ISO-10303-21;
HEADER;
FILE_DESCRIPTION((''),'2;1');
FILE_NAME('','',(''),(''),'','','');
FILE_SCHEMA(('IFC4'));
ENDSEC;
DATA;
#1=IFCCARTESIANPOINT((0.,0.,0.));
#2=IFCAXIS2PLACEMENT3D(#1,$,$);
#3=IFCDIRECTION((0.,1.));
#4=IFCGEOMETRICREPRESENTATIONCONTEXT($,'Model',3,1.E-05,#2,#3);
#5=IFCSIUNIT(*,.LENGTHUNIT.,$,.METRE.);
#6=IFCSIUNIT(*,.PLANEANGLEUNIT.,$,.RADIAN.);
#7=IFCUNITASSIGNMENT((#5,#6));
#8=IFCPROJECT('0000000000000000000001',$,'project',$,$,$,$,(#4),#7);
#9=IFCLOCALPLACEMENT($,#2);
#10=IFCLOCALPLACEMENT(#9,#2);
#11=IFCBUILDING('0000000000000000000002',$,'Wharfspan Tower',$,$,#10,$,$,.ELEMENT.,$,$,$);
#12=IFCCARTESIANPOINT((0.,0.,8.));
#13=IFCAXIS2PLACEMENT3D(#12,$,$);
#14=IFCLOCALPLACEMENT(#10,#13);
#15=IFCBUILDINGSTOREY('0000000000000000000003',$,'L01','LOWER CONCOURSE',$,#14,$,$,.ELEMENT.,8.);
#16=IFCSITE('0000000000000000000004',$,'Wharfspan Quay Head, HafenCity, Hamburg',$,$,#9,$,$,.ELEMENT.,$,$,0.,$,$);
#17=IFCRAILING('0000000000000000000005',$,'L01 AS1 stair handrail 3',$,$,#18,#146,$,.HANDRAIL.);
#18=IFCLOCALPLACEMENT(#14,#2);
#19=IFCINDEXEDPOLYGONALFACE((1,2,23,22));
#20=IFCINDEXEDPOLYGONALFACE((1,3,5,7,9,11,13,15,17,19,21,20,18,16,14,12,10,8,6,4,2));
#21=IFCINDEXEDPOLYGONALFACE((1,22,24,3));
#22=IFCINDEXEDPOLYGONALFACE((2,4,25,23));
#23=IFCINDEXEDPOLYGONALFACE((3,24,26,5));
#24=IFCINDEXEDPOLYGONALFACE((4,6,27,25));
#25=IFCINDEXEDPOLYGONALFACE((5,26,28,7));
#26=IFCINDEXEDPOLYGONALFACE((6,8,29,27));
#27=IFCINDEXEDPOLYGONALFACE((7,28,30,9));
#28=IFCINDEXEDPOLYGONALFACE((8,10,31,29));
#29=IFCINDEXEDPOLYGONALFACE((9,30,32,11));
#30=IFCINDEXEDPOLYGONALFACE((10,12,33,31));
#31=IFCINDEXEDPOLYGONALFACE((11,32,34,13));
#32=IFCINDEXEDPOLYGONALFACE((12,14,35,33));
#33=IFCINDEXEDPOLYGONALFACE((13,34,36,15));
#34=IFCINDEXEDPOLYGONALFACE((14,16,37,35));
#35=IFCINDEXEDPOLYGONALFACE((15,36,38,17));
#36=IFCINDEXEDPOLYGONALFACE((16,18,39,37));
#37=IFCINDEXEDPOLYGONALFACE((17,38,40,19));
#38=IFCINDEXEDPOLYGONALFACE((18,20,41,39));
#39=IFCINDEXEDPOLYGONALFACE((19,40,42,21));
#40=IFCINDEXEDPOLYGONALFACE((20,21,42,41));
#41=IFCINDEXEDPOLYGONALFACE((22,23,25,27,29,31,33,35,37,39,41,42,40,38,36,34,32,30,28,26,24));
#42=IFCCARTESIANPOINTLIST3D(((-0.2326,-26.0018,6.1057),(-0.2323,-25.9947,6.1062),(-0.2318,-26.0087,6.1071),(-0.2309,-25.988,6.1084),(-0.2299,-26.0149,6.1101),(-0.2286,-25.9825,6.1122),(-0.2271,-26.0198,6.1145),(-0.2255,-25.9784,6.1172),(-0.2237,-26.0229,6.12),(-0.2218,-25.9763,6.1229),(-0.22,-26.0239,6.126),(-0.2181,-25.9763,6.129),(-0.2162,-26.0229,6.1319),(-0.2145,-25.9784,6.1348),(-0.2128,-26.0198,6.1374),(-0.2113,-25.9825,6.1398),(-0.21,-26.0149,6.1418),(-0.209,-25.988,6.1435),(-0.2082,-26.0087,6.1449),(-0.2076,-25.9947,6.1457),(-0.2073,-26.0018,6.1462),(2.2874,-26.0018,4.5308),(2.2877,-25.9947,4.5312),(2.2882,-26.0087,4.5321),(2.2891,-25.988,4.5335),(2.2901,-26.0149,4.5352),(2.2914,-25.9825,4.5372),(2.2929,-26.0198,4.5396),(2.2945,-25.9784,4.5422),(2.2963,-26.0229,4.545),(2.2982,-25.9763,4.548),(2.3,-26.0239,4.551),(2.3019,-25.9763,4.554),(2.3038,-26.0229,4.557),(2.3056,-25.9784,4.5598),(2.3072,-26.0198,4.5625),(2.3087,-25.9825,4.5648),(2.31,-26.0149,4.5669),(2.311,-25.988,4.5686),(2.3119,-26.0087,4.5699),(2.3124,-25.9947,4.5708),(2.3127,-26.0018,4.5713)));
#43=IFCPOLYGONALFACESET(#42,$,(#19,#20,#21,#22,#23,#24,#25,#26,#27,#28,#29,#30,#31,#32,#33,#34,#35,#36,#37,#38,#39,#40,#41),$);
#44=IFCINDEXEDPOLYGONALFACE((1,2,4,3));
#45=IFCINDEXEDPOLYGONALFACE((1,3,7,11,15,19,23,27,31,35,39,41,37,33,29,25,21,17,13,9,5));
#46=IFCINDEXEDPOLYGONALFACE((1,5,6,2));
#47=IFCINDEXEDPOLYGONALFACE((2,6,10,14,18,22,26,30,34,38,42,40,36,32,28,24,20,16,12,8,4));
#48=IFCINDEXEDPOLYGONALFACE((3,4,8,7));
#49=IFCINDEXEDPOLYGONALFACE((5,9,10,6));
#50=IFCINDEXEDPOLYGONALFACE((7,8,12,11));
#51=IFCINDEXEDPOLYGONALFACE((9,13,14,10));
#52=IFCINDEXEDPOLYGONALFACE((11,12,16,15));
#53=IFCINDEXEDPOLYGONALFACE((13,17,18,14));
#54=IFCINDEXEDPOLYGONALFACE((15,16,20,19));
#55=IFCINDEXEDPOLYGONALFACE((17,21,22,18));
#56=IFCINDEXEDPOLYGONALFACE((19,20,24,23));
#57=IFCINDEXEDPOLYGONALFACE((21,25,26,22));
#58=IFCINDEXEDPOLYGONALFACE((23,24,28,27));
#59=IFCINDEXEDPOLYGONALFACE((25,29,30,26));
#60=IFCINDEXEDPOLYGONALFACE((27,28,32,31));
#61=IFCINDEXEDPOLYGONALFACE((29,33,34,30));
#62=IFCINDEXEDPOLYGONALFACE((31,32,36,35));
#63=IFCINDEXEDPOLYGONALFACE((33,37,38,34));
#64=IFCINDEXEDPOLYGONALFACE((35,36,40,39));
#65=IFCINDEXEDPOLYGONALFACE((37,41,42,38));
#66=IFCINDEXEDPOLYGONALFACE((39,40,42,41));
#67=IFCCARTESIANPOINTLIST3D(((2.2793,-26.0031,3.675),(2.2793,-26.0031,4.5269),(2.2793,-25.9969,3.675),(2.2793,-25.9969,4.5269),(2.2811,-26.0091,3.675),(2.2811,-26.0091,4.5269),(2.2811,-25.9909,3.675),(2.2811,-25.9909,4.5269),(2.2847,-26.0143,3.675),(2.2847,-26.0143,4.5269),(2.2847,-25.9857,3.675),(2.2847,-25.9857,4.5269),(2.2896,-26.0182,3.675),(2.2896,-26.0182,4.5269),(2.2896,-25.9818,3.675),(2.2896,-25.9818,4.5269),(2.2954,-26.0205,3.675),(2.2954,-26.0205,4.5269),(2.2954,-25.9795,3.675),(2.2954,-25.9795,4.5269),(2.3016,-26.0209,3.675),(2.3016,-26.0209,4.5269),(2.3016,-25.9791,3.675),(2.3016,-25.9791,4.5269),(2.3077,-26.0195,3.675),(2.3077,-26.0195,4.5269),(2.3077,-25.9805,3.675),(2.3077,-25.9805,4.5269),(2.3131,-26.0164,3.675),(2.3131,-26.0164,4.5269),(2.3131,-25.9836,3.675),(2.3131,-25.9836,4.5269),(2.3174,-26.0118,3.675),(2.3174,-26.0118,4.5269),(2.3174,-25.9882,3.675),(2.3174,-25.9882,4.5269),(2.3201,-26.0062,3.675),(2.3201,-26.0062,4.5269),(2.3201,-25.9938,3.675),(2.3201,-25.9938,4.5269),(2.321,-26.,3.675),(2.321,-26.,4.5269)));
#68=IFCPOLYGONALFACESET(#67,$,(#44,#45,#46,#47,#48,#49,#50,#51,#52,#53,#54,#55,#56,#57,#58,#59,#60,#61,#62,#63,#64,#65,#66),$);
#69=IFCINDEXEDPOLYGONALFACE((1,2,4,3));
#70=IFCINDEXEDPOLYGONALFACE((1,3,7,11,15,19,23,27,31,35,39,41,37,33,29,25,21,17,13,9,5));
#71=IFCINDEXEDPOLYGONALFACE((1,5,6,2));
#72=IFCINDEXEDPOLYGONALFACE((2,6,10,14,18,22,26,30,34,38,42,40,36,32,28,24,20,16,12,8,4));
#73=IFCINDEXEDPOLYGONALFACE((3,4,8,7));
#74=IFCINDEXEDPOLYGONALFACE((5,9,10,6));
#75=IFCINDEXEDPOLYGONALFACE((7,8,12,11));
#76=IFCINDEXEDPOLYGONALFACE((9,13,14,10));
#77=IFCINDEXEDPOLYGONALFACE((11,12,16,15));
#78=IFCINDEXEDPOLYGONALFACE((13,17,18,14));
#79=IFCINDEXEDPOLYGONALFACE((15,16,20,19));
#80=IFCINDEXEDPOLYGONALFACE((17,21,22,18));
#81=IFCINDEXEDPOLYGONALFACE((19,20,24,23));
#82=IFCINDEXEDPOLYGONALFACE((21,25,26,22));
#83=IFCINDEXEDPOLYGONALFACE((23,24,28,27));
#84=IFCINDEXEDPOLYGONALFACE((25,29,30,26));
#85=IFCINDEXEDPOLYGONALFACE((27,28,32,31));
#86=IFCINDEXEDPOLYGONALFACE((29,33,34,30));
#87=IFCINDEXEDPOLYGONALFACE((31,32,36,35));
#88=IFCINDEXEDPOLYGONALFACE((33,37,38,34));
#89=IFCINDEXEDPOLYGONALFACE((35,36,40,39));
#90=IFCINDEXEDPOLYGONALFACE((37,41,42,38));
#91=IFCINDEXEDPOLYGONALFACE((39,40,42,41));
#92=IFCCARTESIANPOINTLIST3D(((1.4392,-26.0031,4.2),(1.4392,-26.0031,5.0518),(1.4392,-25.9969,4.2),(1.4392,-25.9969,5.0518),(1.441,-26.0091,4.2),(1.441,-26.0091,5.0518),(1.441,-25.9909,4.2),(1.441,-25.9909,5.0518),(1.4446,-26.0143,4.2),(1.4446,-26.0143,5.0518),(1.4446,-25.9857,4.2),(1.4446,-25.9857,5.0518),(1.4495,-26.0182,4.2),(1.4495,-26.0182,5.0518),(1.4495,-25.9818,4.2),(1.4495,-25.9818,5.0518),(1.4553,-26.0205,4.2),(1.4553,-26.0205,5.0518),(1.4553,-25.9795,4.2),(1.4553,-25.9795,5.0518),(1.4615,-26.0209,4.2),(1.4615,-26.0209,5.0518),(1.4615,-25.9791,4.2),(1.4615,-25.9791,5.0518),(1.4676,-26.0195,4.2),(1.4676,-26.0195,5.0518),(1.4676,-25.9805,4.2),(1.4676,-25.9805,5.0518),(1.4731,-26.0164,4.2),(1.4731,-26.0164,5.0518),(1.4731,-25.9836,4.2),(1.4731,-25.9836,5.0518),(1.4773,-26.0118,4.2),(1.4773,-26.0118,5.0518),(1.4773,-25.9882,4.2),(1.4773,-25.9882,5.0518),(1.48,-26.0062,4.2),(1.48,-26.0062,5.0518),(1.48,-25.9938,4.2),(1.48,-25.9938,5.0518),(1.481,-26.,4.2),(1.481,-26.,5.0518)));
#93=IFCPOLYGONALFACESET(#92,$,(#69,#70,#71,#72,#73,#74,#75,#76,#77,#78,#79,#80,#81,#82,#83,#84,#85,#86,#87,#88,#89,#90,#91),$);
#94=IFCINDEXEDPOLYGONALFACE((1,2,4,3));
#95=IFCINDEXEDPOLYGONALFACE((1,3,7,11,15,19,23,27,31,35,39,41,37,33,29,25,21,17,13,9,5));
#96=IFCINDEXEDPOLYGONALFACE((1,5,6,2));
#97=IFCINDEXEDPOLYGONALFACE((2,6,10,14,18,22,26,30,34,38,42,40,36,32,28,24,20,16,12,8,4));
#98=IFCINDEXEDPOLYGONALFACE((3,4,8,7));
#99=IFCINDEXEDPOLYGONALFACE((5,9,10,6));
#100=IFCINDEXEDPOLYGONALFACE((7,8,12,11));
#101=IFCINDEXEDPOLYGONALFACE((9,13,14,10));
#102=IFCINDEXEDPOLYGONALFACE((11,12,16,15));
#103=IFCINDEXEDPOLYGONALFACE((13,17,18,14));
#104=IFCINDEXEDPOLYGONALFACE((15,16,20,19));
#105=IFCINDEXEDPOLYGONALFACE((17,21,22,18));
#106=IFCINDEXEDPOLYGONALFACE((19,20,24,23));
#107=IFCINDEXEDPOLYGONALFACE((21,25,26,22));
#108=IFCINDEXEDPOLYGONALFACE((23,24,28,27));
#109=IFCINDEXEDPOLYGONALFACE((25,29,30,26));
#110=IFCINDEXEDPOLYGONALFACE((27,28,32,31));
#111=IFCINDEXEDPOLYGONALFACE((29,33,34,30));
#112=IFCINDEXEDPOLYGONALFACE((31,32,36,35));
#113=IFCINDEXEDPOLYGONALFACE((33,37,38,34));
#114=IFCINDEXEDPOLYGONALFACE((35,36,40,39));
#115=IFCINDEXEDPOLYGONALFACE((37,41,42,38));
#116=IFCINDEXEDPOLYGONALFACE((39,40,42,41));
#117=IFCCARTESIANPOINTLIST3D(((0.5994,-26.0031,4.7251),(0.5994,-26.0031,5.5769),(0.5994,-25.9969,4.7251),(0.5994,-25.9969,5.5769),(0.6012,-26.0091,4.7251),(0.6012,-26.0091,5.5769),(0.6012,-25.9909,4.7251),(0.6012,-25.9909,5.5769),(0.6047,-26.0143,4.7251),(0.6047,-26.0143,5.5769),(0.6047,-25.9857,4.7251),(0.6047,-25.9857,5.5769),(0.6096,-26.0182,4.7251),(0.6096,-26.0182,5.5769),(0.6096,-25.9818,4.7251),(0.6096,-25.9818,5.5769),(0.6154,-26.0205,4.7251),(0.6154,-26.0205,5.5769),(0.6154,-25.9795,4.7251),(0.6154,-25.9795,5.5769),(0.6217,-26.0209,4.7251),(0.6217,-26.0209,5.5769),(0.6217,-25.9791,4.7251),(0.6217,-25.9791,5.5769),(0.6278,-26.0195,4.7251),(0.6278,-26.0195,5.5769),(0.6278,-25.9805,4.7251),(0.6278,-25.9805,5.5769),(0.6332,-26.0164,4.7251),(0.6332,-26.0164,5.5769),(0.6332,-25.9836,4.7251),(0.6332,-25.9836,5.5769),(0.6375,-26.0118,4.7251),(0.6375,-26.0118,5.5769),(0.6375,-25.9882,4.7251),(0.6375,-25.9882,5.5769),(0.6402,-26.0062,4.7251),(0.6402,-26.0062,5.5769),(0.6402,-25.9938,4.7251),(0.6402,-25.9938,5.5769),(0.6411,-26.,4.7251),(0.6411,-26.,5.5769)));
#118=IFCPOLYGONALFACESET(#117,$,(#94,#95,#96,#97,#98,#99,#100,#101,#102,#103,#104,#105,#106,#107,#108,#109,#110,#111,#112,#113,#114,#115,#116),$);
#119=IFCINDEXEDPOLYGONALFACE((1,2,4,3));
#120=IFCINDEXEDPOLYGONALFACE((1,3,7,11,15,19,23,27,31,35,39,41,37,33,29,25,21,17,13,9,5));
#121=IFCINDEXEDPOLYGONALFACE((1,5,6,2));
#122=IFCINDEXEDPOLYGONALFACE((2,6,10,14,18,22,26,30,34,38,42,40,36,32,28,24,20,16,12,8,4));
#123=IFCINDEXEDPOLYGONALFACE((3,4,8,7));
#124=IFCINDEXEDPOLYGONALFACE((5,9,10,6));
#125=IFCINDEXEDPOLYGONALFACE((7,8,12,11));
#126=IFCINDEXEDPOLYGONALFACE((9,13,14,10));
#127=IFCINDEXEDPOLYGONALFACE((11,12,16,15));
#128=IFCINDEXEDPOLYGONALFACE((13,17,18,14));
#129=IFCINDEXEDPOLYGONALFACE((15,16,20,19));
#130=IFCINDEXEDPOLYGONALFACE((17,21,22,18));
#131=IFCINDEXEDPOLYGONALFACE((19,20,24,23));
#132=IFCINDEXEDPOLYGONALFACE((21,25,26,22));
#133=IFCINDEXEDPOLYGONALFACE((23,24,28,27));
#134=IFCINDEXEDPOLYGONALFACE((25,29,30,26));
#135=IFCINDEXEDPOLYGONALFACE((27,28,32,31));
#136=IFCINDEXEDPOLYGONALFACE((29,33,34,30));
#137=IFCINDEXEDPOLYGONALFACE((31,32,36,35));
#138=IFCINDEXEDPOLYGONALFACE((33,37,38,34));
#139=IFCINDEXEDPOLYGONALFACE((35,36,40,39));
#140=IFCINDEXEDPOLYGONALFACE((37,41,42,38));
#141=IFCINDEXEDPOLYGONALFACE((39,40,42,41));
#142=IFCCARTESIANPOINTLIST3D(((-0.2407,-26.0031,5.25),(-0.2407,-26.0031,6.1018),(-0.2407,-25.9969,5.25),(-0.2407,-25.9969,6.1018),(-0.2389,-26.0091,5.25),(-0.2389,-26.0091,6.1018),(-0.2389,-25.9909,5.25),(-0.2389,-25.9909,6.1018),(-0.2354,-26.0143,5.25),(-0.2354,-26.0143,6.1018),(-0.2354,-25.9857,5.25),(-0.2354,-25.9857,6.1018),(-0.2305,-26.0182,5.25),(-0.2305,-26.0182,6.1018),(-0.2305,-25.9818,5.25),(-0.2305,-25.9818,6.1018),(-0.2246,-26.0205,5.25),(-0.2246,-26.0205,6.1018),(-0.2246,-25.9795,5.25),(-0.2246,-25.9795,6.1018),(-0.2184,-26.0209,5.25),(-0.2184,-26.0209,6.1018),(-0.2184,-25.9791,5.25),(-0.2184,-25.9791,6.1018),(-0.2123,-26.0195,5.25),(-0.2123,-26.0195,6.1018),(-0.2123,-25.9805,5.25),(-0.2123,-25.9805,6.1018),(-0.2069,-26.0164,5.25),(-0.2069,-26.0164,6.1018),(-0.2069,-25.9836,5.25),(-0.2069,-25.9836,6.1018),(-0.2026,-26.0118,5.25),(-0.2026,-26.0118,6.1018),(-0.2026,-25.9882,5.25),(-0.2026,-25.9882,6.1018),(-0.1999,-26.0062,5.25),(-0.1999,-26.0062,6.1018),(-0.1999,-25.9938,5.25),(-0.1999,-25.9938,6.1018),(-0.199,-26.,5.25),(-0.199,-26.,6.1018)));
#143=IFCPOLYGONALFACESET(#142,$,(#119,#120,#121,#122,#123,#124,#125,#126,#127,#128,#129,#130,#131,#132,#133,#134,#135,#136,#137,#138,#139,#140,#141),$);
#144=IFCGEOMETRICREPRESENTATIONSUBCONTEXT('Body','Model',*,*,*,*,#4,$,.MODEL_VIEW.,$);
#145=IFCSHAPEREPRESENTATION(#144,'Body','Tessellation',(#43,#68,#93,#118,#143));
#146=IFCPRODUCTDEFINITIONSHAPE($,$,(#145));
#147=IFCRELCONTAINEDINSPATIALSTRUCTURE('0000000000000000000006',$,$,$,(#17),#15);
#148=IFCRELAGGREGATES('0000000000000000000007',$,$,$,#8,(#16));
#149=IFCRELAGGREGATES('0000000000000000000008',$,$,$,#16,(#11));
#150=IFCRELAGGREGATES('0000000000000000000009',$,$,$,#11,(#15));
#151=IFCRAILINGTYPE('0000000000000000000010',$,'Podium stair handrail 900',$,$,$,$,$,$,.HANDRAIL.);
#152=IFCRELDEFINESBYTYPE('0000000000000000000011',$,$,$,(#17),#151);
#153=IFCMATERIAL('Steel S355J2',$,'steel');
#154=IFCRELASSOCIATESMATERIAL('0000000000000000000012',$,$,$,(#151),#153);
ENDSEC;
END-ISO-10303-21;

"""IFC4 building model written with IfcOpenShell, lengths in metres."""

from ifc_helpers import new_model, si_unit, direction, frame, origin, origin_2d, place, context, subcontext, project, spatial, circle, extrude, material, type_object, element, save


model = new_model("IFC4")

# Units and contexts
model_context = context("Model", 3, precision=1e-05, world=origin(), true_north=direction((0.0, 1.0)))
body_context = subcontext(model_context, "Body", "Model", "MODEL_VIEW")
ifc_project = project(units=[si_unit("LENGTHUNIT", "METRE"), si_unit("PLANEANGLEUNIT", "RADIAN")], contexts=[model_context])

# Site, building, storey
site_placement = place(None, origin())
site = spatial("IfcSite", under=ifc_project, at=site_placement, Name="Wharfspan Quay Head, HafenCity, Hamburg", CompositionType="ELEMENT", RefElevation=0.0)
building_placement = place(site_placement, origin())
building = spatial("IfcBuilding", under=site, at=building_placement, Name="Wharfspan Tower", CompositionType="ELEMENT")
storey_placement = place(building_placement, frame((0.0, 0.0, 8.0)))
storey = spatial("IfcBuildingStorey", under=building, at=storey_placement, Name="L01", Description="LOWER CONCOURSE", CompositionType="ELEMENT", Elevation=8.0)

# Railing
ifc_material_1 = material(Name="Steel S355J2", Category="steel")
railing_type_1 = type_object("IfcRailingType", Name="Podium stair handrail 900", PredefinedType="HANDRAIL", material=ifc_material_1)
for number, where, name in (
    (1, (2.3, -26.0, 3.675), "L01 AS1 stair handrail 3"),
):
    element("IfcRailing", number, at=place(storey_placement, frame(where)), inside=storey, type_object=railing_type_1, Name=name, PredefinedType="HANDRAIL", context=body_context, shape_type="SweptSolid", body=[
        extrude(circle(Radius=0.0239, at=origin_2d()), frame((0.0, 0.0, 0.876), z_axis=(-0.848008, 0.0, 0.529984), x_axis=(0.0, -1.0, 0.0)), (0.0, 0.0, 1.0), 2.9717),
        extrude(circle(Radius=0.021, at=origin_2d()), origin(), (0.0, 0.0, 1.0), 0.8518),
        extrude(circle(Radius=0.021, at=origin_2d()), frame((-0.8401, 0.0, 0.5249)), (0.0, 0.0, 1.0), 0.8518),
        extrude(circle(Radius=0.021, at=origin_2d()), frame((-1.6799, 0.0, 1.05)), (0.0, 0.0, 1.0), 0.8518),
        extrude(circle(Radius=0.021, at=origin_2d()), frame((-2.52, 0.0, 1.575)), (0.0, 0.0, 1.0), 0.8518),
    ])

save(model, "model.ifc")
